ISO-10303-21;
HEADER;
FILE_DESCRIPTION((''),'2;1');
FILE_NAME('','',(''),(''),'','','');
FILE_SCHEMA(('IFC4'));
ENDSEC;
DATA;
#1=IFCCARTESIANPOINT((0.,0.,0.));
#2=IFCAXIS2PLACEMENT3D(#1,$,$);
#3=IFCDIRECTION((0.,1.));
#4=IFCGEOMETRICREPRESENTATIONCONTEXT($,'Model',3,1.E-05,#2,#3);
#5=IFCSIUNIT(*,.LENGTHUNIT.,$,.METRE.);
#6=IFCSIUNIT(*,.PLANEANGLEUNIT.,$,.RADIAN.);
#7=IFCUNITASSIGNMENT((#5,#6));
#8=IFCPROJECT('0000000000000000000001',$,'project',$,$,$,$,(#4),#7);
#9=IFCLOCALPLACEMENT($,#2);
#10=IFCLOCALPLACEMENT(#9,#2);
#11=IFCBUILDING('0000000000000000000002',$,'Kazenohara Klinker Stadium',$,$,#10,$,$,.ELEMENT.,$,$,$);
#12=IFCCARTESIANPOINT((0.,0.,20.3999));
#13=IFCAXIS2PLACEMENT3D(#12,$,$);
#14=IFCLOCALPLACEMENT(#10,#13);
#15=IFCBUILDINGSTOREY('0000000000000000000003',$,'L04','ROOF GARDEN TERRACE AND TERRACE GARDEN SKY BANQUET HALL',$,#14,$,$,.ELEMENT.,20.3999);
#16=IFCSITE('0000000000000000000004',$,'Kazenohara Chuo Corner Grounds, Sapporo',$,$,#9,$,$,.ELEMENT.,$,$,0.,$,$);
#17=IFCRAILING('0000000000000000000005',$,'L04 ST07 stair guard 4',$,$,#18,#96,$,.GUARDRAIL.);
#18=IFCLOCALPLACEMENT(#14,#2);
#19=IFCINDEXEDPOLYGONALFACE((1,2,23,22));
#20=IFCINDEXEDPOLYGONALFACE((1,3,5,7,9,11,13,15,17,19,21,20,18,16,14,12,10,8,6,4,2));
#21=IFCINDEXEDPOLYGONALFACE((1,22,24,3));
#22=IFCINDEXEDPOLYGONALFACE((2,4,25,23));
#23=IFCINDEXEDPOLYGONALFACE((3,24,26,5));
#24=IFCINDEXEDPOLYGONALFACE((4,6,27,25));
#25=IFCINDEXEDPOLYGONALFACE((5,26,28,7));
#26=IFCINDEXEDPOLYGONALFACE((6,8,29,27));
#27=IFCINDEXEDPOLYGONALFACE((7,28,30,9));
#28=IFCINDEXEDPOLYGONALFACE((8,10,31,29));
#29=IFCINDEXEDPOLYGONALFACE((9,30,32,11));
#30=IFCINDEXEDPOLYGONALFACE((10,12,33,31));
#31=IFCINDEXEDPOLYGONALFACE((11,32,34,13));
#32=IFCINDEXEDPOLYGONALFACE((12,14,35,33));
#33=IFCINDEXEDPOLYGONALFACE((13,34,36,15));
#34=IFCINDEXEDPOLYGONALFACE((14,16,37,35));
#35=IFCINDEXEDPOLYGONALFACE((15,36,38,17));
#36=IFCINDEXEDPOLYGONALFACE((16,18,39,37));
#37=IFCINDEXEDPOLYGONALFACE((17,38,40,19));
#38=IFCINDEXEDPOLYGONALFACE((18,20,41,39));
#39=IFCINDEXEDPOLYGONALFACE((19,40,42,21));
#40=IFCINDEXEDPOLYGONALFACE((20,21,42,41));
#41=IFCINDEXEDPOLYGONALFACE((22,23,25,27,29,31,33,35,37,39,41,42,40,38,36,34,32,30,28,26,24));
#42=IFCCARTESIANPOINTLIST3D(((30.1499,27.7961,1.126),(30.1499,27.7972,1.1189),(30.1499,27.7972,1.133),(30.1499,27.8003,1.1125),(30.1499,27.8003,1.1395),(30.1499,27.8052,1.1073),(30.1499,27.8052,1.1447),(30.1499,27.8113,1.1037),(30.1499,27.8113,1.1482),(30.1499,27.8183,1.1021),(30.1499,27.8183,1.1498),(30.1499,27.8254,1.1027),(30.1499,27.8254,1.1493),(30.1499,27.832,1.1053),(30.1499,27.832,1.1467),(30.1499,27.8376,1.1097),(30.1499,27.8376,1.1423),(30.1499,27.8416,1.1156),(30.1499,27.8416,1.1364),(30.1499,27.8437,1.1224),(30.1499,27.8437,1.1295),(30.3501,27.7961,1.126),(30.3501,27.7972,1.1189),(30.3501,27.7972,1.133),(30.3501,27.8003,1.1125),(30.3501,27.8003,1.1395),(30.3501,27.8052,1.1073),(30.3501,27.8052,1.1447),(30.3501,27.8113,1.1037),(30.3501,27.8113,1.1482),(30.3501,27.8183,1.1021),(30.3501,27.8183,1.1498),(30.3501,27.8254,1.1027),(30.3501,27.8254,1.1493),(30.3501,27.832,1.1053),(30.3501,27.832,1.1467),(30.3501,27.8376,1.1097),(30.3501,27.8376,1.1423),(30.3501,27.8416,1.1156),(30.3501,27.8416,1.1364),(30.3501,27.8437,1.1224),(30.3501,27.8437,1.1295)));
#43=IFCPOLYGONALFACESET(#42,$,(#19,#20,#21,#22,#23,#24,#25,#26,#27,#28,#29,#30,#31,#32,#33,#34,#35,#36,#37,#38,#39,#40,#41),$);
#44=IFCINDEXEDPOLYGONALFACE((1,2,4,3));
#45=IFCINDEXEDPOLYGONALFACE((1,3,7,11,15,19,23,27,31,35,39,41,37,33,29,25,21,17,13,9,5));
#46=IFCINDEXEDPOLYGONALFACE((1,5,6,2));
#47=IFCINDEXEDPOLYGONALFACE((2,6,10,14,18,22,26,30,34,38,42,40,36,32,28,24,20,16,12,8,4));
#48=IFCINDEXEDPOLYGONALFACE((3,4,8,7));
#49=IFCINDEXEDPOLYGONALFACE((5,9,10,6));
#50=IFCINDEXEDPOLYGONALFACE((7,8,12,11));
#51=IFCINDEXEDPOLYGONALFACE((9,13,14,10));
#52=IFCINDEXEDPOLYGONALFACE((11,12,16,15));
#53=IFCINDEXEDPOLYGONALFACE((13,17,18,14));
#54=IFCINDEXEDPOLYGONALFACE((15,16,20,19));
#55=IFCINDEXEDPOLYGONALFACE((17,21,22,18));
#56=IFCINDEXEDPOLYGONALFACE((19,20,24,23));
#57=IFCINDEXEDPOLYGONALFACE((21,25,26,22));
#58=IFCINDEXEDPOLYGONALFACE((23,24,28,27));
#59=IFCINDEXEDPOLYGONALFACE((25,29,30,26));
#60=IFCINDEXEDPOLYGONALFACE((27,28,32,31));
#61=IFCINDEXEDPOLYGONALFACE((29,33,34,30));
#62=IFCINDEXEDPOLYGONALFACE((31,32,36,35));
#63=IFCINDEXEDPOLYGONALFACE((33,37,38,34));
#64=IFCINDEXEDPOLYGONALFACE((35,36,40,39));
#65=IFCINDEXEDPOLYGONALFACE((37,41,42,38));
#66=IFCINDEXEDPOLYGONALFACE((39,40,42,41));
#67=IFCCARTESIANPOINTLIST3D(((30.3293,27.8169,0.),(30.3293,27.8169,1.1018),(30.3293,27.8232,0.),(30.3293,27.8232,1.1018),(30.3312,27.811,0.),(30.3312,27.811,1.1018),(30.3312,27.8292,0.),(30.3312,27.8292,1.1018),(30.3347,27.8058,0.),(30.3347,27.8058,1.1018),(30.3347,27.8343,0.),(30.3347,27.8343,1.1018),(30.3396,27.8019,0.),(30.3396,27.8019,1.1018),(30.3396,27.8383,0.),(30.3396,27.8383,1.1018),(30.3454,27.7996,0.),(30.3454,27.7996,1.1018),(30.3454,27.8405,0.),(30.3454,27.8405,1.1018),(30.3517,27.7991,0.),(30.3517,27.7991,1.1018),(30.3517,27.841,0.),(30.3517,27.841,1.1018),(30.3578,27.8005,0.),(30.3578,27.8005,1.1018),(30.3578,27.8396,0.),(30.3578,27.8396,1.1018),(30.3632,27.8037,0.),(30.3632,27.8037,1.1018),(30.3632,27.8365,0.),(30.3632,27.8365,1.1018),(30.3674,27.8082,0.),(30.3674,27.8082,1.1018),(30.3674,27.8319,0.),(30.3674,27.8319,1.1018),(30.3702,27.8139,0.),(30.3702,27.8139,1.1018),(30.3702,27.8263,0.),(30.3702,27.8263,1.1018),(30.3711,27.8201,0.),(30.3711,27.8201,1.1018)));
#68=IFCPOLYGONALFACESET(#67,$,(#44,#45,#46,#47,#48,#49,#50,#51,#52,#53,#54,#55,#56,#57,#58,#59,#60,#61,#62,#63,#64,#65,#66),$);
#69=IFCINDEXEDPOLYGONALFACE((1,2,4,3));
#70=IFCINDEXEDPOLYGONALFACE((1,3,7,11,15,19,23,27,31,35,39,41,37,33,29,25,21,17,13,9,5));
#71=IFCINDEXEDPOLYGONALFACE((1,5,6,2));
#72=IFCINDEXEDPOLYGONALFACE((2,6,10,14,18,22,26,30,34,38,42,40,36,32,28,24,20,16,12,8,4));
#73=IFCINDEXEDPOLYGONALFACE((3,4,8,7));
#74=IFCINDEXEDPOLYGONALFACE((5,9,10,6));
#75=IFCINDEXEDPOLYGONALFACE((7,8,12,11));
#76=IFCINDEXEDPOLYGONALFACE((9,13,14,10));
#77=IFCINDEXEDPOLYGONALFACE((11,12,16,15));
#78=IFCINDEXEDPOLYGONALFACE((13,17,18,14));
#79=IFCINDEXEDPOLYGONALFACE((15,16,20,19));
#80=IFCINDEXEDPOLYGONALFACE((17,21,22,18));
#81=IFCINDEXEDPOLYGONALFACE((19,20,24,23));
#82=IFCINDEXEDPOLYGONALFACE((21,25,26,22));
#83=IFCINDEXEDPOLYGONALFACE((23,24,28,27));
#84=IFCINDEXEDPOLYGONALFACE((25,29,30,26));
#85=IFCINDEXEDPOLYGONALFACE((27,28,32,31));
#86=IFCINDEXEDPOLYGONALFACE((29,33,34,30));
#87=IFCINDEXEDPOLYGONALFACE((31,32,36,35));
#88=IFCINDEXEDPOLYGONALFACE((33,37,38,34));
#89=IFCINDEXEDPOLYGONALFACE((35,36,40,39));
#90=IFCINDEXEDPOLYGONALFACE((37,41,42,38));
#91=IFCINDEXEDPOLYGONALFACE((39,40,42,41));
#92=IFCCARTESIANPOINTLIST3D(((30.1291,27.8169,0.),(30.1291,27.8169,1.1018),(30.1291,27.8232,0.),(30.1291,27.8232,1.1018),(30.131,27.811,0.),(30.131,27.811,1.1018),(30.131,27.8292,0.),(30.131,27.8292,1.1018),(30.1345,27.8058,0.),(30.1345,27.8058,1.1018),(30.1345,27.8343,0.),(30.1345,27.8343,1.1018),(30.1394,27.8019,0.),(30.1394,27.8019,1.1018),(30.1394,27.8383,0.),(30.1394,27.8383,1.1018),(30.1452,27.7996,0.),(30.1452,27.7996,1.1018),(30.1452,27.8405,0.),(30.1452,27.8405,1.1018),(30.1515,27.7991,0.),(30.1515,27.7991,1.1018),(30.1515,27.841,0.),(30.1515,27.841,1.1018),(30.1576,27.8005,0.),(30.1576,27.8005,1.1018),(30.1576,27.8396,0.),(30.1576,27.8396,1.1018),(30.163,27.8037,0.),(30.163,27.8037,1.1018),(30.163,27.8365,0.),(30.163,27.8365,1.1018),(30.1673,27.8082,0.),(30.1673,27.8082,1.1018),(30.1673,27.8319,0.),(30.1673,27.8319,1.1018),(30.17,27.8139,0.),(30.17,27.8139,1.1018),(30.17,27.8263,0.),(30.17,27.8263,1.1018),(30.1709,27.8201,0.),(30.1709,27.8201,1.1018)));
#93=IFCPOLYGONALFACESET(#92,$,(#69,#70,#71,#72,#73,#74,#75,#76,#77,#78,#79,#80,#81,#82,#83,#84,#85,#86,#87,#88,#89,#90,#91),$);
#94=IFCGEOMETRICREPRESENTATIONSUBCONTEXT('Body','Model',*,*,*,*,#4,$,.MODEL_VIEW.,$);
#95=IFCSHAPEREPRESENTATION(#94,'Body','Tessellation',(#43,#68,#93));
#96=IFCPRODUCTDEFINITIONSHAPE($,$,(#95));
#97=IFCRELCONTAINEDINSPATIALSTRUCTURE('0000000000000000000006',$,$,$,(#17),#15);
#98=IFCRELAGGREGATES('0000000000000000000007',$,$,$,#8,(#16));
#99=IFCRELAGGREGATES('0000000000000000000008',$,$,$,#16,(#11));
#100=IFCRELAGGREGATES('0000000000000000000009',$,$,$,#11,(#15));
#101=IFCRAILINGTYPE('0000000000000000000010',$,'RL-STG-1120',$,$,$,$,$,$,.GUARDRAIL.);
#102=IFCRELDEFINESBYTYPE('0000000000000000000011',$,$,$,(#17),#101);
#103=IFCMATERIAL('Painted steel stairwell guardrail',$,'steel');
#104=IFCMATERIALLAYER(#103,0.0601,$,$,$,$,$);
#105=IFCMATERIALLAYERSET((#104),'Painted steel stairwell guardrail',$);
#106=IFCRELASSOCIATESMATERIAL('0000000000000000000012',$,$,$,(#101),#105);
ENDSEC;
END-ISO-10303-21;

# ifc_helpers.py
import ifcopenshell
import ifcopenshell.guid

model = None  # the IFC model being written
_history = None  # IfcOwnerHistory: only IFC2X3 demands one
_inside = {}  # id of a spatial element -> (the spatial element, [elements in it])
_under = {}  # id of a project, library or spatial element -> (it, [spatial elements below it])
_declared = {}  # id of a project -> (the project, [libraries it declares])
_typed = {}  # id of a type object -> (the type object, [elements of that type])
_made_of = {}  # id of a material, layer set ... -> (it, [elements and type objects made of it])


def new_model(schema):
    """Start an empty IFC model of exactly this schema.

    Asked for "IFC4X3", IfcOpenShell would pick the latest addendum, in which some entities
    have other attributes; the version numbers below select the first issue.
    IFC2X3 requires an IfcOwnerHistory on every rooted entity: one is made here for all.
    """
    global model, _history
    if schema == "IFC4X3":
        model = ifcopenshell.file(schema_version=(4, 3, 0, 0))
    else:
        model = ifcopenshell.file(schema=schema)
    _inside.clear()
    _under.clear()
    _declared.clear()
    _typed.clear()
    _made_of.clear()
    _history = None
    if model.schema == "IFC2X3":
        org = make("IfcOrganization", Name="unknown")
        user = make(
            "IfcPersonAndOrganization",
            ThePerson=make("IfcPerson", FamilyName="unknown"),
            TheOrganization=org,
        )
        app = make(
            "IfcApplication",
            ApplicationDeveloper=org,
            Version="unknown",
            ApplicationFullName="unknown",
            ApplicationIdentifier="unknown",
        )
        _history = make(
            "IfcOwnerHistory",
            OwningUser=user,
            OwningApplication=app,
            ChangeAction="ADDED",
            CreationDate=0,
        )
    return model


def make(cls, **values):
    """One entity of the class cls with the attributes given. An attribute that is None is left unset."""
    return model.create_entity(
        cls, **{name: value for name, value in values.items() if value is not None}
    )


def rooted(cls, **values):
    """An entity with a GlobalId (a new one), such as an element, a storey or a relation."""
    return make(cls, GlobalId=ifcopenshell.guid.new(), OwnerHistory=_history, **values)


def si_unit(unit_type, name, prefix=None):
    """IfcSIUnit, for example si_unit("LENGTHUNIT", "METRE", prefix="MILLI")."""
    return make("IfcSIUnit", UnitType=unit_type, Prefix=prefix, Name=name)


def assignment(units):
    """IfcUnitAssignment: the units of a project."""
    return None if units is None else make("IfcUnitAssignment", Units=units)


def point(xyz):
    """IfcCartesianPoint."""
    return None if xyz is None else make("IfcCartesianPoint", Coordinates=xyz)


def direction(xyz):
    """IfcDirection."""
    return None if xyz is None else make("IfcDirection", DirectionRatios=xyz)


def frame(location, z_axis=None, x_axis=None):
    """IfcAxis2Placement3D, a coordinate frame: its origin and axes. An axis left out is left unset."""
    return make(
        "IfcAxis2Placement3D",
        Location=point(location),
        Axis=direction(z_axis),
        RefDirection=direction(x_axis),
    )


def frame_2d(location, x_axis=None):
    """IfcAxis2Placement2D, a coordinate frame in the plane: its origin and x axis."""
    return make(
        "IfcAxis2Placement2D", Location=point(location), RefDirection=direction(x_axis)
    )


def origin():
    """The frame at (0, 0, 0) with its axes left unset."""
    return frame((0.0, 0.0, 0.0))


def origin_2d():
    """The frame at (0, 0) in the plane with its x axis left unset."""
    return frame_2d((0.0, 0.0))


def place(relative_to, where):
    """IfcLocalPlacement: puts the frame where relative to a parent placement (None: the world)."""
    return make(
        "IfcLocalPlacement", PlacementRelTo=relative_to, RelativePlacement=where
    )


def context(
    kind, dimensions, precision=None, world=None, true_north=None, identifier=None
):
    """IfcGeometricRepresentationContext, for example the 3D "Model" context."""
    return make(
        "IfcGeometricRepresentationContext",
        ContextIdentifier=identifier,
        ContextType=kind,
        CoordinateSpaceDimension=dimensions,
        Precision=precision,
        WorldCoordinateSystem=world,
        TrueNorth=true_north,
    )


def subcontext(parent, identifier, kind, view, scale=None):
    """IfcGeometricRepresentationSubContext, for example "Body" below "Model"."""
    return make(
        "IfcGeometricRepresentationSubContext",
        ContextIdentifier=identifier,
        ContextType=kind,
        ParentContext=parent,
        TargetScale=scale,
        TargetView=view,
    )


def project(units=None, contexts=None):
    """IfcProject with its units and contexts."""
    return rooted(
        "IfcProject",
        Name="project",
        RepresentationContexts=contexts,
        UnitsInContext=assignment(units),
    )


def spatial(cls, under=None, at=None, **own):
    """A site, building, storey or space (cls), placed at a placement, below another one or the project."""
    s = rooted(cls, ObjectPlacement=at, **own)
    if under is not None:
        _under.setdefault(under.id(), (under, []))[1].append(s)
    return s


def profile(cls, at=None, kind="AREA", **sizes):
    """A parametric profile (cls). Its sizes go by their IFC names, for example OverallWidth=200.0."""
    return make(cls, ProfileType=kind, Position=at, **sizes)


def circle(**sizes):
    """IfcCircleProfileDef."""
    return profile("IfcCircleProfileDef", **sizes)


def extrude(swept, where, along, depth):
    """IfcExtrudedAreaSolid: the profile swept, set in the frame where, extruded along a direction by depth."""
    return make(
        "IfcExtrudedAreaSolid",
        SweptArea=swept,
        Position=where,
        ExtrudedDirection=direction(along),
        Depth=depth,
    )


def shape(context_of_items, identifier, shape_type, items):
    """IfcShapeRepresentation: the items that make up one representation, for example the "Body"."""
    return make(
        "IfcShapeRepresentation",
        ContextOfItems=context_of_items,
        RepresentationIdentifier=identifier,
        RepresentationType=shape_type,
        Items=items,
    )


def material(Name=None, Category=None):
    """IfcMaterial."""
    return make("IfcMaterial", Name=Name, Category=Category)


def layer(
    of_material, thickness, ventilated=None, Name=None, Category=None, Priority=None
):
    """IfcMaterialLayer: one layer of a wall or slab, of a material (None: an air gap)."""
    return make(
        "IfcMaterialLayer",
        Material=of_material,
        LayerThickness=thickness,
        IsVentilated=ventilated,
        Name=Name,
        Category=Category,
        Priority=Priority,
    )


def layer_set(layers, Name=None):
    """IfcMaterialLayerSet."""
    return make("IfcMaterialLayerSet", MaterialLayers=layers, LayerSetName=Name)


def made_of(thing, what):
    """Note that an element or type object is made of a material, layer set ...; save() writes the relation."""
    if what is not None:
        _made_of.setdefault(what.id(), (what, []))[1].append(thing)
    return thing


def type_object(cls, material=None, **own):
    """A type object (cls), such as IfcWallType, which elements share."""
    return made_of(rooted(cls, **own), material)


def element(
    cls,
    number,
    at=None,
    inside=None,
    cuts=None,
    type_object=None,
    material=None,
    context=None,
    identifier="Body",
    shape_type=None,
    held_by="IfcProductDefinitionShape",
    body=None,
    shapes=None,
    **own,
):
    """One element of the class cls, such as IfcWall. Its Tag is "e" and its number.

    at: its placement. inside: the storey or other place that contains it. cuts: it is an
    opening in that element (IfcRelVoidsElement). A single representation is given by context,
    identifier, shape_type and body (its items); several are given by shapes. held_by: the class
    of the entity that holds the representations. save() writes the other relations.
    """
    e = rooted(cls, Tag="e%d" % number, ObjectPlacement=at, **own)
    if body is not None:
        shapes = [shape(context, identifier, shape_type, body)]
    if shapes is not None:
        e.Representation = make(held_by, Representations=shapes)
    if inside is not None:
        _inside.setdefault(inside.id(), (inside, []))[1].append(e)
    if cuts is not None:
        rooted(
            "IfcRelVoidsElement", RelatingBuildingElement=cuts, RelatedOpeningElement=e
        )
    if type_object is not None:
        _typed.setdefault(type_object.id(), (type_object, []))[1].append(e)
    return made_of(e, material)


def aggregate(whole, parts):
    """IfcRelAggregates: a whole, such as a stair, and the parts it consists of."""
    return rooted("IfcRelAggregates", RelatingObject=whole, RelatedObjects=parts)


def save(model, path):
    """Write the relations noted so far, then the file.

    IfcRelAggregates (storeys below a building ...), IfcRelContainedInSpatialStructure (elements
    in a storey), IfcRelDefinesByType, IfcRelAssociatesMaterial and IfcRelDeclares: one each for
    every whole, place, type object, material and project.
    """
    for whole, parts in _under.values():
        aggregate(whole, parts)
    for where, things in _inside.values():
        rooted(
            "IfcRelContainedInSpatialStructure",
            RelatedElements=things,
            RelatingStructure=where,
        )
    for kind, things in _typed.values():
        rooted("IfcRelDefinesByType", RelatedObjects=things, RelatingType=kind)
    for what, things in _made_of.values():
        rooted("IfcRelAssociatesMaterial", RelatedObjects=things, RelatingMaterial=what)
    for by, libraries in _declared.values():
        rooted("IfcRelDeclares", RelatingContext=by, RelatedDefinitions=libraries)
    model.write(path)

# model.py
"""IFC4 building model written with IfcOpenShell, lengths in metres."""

from ifc_helpers import new_model, si_unit, direction, frame, origin, origin_2d, place, context, subcontext, project, spatial, circle, extrude, material, layer, layer_set, type_object, element, save


model = new_model("IFC4")

# Units and contexts
model_context = context("Model", 3, precision=1e-05, world=origin(), true_north=direction((0.0, 1.0)))
body_context = subcontext(model_context, "Body", "Model", "MODEL_VIEW")
ifc_project = project(units=[si_unit("LENGTHUNIT", "METRE"), si_unit("PLANEANGLEUNIT", "RADIAN")], contexts=[model_context])

# Site, building, storey
site_placement = place(None, origin())
site = spatial("IfcSite", under=ifc_project, at=site_placement, Name="Kazenohara Chuo Corner Grounds, Sapporo", CompositionType="ELEMENT", RefElevation=0.0)
building_placement = place(site_placement, origin())
building = spatial("IfcBuilding", under=site, at=building_placement, Name="Kazenohara Klinker Stadium", CompositionType="ELEMENT")
storey_placement = place(building_placement, frame((0.0, 0.0, 20.3999)))
storey = spatial("IfcBuildingStorey", under=building, at=storey_placement, Name="L04", Description="ROOF GARDEN TERRACE AND TERRACE GARDEN SKY BANQUET HALL", CompositionType="ELEMENT", Elevation=20.3999)

# Railing
ifc_material_1 = material(Name="Painted steel stairwell guardrail", Category="steel")
ifc_layer_1 = layer(ifc_material_1, 0.0601)
ifc_layer_set_1 = layer_set([ifc_layer_1], Name="Painted steel stairwell guardrail")
railing_type_1 = type_object("IfcRailingType", Name="RL-STG-1120", PredefinedType="GUARDRAIL", material=ifc_layer_set_1)
railing_1_placement = place(storey_placement, frame((30.3501, 27.8201, 0.0)))
element("IfcRailing", 1, at=railing_1_placement, inside=storey, type_object=railing_type_1, Name="L04 ST07 stair guard 4", PredefinedType="GUARDRAIL", context=body_context, shape_type="SweptSolid", body=[
    extrude(circle(Radius=0.0239, at=origin_2d()), frame((0.0, 0.0, 1.126), z_axis=(-1.0, 0.0, 0.0), x_axis=(0.0, -1.0, 0.0)), (0.0, 0.0, 1.0), 0.2002),
    extrude(circle(Radius=0.021, at=origin_2d()), origin(), (0.0, 0.0, 1.0), 1.1018),
    extrude(circle(Radius=0.021, at=origin_2d()), frame((-0.2002, 0.0, 0.0)), (0.0, 0.0, 1.0), 1.1018),
])

save(model, "model.ifc")
